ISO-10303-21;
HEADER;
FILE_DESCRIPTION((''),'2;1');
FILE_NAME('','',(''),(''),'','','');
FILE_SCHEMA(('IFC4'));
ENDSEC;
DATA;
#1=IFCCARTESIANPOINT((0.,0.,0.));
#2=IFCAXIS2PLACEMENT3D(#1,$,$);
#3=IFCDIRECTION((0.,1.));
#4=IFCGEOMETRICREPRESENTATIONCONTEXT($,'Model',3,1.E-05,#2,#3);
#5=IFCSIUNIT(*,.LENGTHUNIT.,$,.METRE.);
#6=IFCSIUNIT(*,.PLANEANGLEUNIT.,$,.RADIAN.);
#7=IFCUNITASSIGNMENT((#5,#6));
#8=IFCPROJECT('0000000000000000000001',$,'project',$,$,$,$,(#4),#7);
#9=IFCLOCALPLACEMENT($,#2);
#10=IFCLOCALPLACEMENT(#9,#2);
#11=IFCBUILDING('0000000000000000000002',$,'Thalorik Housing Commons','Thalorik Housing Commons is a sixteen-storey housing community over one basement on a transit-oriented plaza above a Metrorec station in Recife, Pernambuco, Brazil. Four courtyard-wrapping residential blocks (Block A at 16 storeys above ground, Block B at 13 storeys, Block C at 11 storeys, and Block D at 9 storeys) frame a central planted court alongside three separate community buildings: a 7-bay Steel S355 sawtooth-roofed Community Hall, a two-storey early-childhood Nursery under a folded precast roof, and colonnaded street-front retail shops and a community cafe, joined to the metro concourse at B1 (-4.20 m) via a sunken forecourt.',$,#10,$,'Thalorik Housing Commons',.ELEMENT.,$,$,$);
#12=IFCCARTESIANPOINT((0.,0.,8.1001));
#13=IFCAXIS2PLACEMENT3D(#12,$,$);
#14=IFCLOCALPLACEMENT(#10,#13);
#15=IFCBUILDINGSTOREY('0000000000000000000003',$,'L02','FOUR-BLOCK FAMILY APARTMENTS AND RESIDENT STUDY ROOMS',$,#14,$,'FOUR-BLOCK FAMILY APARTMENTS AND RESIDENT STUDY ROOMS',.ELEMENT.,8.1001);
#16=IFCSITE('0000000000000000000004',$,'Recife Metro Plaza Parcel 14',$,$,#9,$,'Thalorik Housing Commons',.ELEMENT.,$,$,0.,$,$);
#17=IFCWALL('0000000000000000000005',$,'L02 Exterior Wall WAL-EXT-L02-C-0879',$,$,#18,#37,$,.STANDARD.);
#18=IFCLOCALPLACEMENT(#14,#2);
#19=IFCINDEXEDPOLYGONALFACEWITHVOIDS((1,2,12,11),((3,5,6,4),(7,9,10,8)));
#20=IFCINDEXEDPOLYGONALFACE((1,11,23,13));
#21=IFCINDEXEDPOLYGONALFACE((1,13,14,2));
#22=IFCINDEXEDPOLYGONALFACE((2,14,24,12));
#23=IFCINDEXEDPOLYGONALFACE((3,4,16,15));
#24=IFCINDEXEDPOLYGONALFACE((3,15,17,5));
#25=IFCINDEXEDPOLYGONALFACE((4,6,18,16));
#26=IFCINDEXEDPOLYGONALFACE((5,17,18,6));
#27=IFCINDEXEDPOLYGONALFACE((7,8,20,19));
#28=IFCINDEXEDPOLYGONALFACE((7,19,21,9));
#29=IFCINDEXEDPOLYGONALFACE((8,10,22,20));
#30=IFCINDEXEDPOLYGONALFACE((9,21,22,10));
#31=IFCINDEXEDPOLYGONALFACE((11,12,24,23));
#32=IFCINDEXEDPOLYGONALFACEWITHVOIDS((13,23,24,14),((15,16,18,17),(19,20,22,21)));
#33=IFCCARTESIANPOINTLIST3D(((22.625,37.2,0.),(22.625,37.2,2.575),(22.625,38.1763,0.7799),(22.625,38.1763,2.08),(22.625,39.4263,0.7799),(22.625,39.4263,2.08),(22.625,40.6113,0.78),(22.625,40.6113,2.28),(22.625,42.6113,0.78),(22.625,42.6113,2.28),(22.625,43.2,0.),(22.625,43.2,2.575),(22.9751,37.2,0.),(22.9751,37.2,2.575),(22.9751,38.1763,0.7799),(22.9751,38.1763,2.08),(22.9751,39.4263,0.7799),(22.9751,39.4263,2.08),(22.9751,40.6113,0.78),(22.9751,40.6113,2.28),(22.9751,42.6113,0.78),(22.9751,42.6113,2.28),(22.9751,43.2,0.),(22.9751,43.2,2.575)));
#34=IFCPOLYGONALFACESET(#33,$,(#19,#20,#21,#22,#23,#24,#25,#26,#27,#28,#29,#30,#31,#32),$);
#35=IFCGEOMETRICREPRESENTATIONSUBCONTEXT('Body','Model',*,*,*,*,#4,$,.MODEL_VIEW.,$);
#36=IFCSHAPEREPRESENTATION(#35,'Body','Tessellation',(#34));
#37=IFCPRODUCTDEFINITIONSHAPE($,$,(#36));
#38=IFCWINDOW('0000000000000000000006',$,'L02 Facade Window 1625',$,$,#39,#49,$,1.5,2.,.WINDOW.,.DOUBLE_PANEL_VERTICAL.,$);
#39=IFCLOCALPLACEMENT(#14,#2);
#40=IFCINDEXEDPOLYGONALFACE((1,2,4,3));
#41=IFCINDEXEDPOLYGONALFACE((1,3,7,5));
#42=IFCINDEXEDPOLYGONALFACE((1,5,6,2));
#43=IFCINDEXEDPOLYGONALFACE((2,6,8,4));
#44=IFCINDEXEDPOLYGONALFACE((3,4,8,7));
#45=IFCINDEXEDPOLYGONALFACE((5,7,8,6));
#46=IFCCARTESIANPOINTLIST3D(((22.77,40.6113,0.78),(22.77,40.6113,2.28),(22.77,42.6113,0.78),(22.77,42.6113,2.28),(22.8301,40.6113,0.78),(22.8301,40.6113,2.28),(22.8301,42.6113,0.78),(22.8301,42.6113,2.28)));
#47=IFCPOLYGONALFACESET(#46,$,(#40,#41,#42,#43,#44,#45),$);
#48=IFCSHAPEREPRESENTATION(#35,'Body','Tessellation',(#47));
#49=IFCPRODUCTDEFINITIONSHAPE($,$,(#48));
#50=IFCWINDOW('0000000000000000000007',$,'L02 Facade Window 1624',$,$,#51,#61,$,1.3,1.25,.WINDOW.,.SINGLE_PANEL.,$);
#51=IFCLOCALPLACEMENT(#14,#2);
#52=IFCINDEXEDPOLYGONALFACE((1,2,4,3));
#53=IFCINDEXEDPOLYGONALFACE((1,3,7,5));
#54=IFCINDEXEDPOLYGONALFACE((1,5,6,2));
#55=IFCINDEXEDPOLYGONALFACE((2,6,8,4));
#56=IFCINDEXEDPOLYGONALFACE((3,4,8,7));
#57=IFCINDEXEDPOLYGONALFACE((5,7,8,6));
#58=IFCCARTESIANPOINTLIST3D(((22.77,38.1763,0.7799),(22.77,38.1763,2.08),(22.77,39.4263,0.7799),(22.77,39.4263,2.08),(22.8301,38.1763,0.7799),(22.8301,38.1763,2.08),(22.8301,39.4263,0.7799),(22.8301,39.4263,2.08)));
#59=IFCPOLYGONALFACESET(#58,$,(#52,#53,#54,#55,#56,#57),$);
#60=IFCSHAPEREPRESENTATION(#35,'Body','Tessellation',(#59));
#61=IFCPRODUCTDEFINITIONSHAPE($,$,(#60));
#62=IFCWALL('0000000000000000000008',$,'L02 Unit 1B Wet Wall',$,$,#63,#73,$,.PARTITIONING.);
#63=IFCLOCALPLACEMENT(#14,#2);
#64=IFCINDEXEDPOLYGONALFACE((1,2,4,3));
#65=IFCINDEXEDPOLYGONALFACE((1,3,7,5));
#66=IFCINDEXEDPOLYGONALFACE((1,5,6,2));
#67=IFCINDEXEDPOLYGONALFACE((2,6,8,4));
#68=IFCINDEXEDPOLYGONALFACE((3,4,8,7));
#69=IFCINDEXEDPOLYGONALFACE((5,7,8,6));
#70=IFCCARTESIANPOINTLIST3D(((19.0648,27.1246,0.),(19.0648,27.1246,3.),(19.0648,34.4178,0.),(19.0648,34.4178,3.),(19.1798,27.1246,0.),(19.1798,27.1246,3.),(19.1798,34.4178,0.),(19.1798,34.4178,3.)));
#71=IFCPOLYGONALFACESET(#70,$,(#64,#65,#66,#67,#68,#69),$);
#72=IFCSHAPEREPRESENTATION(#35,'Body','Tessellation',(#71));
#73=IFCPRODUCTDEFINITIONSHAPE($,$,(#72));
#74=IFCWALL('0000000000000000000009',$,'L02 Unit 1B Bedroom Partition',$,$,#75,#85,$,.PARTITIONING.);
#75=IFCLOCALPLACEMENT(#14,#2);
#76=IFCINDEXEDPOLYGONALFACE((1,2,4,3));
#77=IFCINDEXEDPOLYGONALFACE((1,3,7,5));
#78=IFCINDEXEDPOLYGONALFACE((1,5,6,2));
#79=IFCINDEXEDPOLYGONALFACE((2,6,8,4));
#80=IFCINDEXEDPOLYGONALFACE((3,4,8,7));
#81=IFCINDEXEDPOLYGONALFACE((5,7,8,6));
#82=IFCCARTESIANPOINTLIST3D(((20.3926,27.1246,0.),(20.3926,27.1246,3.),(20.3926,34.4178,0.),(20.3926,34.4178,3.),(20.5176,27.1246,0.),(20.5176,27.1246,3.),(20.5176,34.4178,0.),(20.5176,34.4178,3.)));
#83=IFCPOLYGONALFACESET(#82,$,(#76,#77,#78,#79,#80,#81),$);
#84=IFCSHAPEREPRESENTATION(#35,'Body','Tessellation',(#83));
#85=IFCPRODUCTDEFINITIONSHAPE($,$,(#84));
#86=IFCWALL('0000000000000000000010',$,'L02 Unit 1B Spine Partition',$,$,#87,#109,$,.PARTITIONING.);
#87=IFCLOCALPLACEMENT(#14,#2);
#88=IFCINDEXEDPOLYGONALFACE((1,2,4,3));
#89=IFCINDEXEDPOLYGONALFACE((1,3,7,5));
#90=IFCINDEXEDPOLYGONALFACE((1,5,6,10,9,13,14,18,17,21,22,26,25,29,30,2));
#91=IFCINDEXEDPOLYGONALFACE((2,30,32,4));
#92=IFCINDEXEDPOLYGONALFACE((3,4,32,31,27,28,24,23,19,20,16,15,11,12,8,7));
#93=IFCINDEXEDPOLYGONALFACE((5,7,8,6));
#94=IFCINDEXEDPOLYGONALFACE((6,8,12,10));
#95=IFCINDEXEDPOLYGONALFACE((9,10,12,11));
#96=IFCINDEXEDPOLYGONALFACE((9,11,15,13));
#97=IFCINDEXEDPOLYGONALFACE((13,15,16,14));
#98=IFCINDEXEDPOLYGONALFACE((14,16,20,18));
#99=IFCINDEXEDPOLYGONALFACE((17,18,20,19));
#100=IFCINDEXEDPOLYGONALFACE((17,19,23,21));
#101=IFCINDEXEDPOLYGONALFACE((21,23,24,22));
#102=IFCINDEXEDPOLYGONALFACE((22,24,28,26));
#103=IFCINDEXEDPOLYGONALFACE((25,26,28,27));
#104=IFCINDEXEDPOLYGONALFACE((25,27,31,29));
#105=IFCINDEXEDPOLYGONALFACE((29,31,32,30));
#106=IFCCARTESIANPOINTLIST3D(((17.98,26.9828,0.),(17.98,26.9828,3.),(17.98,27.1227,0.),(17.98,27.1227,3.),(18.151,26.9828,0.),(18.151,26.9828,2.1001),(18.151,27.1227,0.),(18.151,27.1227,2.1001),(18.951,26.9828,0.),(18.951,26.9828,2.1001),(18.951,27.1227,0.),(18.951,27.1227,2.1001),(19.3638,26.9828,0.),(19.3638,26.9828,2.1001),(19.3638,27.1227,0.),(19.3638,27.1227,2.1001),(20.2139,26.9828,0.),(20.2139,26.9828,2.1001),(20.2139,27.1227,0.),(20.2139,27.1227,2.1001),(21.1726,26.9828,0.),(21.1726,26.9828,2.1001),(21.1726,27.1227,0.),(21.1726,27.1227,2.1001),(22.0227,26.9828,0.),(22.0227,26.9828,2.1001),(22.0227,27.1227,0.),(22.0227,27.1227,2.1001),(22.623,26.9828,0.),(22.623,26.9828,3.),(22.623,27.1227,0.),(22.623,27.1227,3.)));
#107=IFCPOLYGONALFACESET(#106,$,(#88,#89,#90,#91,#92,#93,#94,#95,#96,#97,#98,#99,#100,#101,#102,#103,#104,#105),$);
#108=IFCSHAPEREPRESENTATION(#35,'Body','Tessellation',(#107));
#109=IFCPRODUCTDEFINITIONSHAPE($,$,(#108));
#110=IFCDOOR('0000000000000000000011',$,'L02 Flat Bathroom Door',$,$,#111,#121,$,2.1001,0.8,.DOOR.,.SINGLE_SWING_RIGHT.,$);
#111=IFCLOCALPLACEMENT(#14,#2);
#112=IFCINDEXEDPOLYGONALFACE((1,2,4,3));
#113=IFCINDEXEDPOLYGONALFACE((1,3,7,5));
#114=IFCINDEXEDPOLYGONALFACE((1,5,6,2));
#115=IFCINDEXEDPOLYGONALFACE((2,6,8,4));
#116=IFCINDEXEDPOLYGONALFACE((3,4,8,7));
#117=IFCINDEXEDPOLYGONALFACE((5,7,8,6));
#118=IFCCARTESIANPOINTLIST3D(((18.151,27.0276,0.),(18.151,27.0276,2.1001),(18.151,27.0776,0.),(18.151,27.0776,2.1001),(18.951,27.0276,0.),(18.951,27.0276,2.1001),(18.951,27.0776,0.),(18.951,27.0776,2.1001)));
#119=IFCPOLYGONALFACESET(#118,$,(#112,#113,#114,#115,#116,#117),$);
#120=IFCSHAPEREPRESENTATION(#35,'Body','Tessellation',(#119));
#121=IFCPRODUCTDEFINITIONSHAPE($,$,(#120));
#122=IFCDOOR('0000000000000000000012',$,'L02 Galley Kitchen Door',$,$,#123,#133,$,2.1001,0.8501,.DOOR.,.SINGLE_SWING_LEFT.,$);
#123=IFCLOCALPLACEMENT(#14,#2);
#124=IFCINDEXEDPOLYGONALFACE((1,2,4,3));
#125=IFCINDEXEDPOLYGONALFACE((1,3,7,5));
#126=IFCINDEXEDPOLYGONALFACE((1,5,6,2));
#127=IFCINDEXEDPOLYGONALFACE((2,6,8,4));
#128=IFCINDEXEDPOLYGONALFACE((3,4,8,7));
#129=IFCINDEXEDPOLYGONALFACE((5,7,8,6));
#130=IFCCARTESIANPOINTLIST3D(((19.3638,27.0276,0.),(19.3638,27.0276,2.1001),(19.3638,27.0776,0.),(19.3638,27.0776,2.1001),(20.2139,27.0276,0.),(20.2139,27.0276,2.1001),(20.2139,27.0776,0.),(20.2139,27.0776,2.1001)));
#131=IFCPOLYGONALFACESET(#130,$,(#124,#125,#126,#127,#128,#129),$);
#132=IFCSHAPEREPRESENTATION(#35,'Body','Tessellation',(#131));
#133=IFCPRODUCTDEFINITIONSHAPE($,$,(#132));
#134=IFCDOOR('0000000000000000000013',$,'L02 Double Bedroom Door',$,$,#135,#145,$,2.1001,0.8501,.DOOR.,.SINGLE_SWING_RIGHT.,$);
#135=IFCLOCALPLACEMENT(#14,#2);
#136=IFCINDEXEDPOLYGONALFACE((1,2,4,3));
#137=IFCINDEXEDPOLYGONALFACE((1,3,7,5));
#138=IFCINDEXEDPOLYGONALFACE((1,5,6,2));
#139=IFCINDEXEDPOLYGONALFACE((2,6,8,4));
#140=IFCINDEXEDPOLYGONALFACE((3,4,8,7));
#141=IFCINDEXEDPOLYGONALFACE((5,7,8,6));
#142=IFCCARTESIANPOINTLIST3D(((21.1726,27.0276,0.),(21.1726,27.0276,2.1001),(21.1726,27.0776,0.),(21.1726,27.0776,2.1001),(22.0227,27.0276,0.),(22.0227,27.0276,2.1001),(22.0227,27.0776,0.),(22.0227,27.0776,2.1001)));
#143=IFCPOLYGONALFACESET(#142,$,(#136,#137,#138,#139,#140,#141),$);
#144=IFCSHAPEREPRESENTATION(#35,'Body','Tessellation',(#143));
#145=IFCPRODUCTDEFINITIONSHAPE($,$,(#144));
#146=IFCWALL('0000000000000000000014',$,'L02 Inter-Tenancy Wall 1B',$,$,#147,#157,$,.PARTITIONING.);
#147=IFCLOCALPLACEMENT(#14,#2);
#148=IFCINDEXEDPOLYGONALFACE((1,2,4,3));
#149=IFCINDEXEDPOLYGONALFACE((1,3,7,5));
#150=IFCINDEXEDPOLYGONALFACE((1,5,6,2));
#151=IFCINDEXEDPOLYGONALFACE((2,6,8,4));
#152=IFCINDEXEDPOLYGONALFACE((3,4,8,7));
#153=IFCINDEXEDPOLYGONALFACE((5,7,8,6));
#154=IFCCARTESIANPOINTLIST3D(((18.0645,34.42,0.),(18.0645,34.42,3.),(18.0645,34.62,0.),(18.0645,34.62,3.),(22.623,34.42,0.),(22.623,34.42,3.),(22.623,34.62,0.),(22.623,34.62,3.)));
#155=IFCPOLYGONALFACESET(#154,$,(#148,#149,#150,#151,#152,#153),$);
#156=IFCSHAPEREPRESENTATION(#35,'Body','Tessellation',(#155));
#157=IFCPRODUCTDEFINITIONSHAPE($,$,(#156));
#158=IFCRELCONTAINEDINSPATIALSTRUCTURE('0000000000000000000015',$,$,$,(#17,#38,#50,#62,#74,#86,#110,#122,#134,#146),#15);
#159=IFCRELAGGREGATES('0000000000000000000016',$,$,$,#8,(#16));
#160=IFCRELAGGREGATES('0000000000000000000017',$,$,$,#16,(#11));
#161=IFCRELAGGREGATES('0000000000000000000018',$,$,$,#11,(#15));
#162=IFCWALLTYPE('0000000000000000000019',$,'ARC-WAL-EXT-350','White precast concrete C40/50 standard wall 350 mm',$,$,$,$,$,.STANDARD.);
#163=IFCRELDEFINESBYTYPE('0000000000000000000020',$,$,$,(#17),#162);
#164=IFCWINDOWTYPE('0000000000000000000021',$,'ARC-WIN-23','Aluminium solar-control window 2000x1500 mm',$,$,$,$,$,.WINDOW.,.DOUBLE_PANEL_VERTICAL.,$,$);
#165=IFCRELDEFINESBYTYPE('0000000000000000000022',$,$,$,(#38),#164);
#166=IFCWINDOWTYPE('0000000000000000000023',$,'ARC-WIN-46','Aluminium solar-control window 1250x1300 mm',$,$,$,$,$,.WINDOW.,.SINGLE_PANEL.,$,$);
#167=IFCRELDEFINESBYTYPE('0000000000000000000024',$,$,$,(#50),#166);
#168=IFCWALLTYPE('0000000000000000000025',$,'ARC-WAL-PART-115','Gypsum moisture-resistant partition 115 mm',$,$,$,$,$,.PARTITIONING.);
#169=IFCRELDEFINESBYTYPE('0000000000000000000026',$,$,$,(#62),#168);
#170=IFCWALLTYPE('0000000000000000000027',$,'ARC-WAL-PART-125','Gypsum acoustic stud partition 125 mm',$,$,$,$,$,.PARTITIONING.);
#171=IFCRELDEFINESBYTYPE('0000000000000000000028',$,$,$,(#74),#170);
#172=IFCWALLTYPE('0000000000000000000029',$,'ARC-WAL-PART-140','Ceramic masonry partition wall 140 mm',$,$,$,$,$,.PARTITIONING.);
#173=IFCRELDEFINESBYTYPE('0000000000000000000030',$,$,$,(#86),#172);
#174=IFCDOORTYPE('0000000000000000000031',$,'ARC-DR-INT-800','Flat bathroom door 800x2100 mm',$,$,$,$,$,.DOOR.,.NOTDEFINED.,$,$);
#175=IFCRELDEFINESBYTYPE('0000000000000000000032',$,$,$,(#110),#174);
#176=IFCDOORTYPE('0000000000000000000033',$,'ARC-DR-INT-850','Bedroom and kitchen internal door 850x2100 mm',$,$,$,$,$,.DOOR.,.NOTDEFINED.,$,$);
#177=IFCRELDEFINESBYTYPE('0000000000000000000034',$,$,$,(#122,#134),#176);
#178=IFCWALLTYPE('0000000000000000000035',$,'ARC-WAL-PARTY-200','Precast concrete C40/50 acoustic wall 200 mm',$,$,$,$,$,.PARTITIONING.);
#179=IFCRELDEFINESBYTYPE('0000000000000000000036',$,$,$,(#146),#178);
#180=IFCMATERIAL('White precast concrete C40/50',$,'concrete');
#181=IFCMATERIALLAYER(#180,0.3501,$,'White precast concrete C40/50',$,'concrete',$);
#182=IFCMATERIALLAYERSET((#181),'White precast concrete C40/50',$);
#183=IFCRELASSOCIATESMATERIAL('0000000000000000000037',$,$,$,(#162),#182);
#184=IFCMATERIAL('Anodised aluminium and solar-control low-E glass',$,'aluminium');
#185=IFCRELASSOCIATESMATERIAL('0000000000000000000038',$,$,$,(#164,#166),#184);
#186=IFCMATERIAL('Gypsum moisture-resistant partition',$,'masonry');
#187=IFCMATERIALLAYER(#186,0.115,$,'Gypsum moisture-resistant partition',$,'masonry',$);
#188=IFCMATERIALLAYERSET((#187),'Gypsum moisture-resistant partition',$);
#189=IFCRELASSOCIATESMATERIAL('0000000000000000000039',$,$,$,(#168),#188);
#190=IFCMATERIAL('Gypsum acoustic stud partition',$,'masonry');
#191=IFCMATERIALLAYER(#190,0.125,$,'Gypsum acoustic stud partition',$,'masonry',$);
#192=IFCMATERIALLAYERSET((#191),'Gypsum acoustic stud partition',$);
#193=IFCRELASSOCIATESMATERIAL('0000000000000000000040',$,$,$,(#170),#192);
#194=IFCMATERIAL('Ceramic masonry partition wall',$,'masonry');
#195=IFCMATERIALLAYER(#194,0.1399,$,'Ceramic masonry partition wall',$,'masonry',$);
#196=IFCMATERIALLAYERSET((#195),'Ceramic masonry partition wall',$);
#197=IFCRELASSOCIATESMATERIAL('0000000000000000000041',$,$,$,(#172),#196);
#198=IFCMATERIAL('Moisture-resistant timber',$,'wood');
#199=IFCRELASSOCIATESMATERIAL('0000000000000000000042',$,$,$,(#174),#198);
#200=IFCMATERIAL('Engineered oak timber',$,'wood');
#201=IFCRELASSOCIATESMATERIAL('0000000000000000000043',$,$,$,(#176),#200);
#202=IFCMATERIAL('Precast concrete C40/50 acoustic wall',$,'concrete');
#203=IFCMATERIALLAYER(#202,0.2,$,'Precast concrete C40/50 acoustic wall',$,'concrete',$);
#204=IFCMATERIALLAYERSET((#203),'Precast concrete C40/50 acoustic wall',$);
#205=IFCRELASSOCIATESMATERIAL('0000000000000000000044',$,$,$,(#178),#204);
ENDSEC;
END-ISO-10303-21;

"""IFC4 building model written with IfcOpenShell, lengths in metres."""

from ifc_helpers import new_model, si_unit, direction, frame, frame_2d, origin, place, context, subcontext, project, spatial, rectangle, extrude, material, layer, layer_set, type_object, element, fill, save


model = new_model("IFC4")

# Units and contexts
model_context = context("Model", 3, precision=1e-05, world=origin(), true_north=direction((0.0, 1.0)))
body_context = subcontext(model_context, "Body", "Model", "MODEL_VIEW")
ifc_project = project(units=[si_unit("LENGTHUNIT", "METRE"), si_unit("PLANEANGLEUNIT", "RADIAN")], contexts=[model_context])

# Site, building, storey
site_placement = place(None, origin())
site = spatial("IfcSite", under=ifc_project, at=site_placement, Name="Recife Metro Plaza Parcel 14", LongName="Thalorik Housing Commons", CompositionType="ELEMENT", RefElevation=0.0)
building_placement = place(site_placement, origin())
building = spatial("IfcBuilding", under=site, at=building_placement, Name="Thalorik Housing Commons", Description="Thalorik Housing Commons is a sixteen-storey housing community over one basement on a transit-oriented plaza above a Metrorec station in Recife, Pernambuco, Brazil. Four courtyard-wrapping residential blocks (Block A at 16 storeys above ground, Block B at 13 storeys, Block C at 11 storeys, and Block D at 9 storeys) frame a central planted court alongside three separate community buildings: a 7-bay Steel S355 sawtooth-roofed Community Hall, a two-storey early-childhood Nursery under a folded precast roof, and colonnaded street-front retail shops and a community cafe, joined to the metro concourse at B1 (-4.20 m) via a sunken forecourt.", LongName="Thalorik Housing Commons", CompositionType="ELEMENT")
storey_placement = place(building_placement, frame((0.0, 0.0, 8.1001)))
storey = spatial("IfcBuildingStorey", under=building, at=storey_placement, Name="L02", Description="FOUR-BLOCK FAMILY APARTMENTS AND RESIDENT STUDY ROOMS", LongName="FOUR-BLOCK FAMILY APARTMENTS AND RESIDENT STUDY ROOMS", CompositionType="ELEMENT", Elevation=8.1001)

# Wall, openings, windows
ifc_material_1 = material(Name="White precast concrete C40/50", Category="concrete")
ifc_layer_1 = layer(ifc_material_1, 0.3501, Name="White precast concrete C40/50", Category="concrete")
ifc_layer_set_1 = layer_set([ifc_layer_1], Name="White precast concrete C40/50")
wall_type_1 = type_object("IfcWallType", Name="ARC-WAL-EXT-350", Description="White precast concrete C40/50 standard wall 350 mm", PredefinedType="STANDARD", material=ifc_layer_set_1)
ifc_material_2 = material(Name="Anodised aluminium and solar-control low-E glass", Category="aluminium")
wall_1_placement = place(storey_placement, frame((22.8, 37.2, 0.0), z_axis=(0.0, 0.0, 1.0), x_axis=(0.0, 1.0, 0.0)))
wall_1 = element("IfcWall", 1, at=wall_1_placement, inside=storey, type_object=wall_type_1, Name="L02 Exterior Wall WAL-EXT-L02-C-0879", PredefinedType="STANDARD", context=body_context, shape_type="SweptSolid", body=[
    extrude(rectangle(XDim=6.0, YDim=0.3501, at=frame_2d((3.0, 0.0))), origin(), (0.0, 0.0, 1.0), 2.575),
])
opening_1_placement = place(wall_1_placement, frame((0.9763, 0.0, 0.78)))
opening_1 = element("IfcOpeningElement", 2, at=opening_1_placement, cuts=wall_1, PredefinedType="OPENING", context=body_context, shape_type="SweptSolid", body=[
    extrude(rectangle(XDim=1.25, YDim=1.3, at=frame_2d((0.625, 0.6499))), frame((0.0, 0.1851, 0.0), z_axis=(0.0, -1.0, 0.0), x_axis=(1.0, 0.0, 0.0)), (0.0, 0.0, 1.0), 0.3701),
])
opening_2_placement = place(wall_1_placement, frame((3.4114, 0.0, 0.78)))
opening_2 = element("IfcOpeningElement", 3, at=opening_2_placement, cuts=wall_1, PredefinedType="OPENING", context=body_context, shape_type="SweptSolid", body=[
    extrude(rectangle(XDim=2.0, YDim=1.5, at=frame_2d((1.0, 0.75))), frame((0.0, 0.1851, 0.0), z_axis=(0.0, -1.0, 0.0), x_axis=(1.0, 0.0, 0.0)), (0.0, 0.0, 1.0), 0.3701),
])
window_type_1 = type_object("IfcWindowType", Name="ARC-WIN-23", Description="Aluminium solar-control window 2000x1500 mm", PartitioningType="DOUBLE_PANEL_VERTICAL", PredefinedType="WINDOW", material=ifc_material_2)
window_1_placement = place(opening_2_placement, origin())
window_1 = element("IfcWindow", 4, at=window_1_placement, inside=storey, type_object=window_type_1, Name="L02 Facade Window 1625", OverallHeight=1.5, OverallWidth=2.0, PartitioningType="DOUBLE_PANEL_VERTICAL", PredefinedType="WINDOW", context=body_context, shape_type="SweptSolid", body=[
    extrude(rectangle(XDim=2.0, YDim=1.5, at=frame_2d((1.0, 0.75))), frame((0.0, 0.03, 0.0), z_axis=(0.0, -1.0, 0.0), x_axis=(1.0, 0.0, 0.0)), (0.0, 0.0, 1.0), 0.0601),
])
fill(opening_2, window_1)
window_type_2 = type_object("IfcWindowType", Name="ARC-WIN-46", Description="Aluminium solar-control window 1250x1300 mm", PartitioningType="SINGLE_PANEL", PredefinedType="WINDOW", material=ifc_material_2)
window_2_placement = place(opening_1_placement, origin())
window_2 = element("IfcWindow", 5, at=window_2_placement, inside=storey, type_object=window_type_2, Name="L02 Facade Window 1624", OverallHeight=1.3, OverallWidth=1.25, PartitioningType="SINGLE_PANEL", PredefinedType="WINDOW", context=body_context, shape_type="SweptSolid", body=[
    extrude(rectangle(XDim=1.25, YDim=1.3, at=frame_2d((0.625, 0.6499))), frame((0.0, 0.03, 0.0), z_axis=(0.0, -1.0, 0.0), x_axis=(1.0, 0.0, 0.0)), (0.0, 0.0, 1.0), 0.0601),
])
fill(opening_1, window_2)

# Walls
ifc_material_3 = material(Name="Gypsum moisture-resistant partition", Category="masonry")
ifc_layer_2 = layer(ifc_material_3, 0.115, Name="Gypsum moisture-resistant partition", Category="masonry")
ifc_layer_set_2 = layer_set([ifc_layer_2], Name="Gypsum moisture-resistant partition")
wall_type_2 = type_object("IfcWallType", Name="ARC-WAL-PART-115", Description="Gypsum moisture-resistant partition 115 mm", PredefinedType="PARTITIONING", material=ifc_layer_set_2)
wall_2_placement = place(storey_placement, frame((19.1223, 27.1248, 0.0), z_axis=(0.0, 0.0, 1.0), x_axis=(0.0, 1.0, 0.0)))
element("IfcWall", 6, at=wall_2_placement, inside=storey, type_object=wall_type_2, Name="L02 Unit 1B Wet Wall", PredefinedType="PARTITIONING", context=body_context, shape_type="SweptSolid", body=[
    extrude(rectangle(XDim=7.2932, YDim=0.115, at=frame_2d((3.6465, 0.0))), origin(), (0.0, 0.0, 1.0), 3.0),
])
ifc_material_4 = material(Name="Gypsum acoustic stud partition", Category="masonry")
ifc_layer_3 = layer(ifc_material_4, 0.125, Name="Gypsum acoustic stud partition", Category="masonry")
ifc_layer_set_3 = layer_set([ifc_layer_3], Name="Gypsum acoustic stud partition")
wall_type_3 = type_object("IfcWallType", Name="ARC-WAL-PART-125", Description="Gypsum acoustic stud partition 125 mm", PredefinedType="PARTITIONING", material=ifc_layer_set_3)
wall_3_placement = place(storey_placement, frame((20.4551, 27.1248, 0.0), z_axis=(0.0, 0.0, 1.0), x_axis=(0.0, 1.0, 0.0)))
element("IfcWall", 7, at=wall_3_placement, inside=storey, type_object=wall_type_3, Name="L02 Unit 1B Bedroom Partition", PredefinedType="PARTITIONING", context=body_context, shape_type="SweptSolid", body=[
    extrude(rectangle(XDim=7.2932, YDim=0.125, at=frame_2d((3.6465, 0.0))), origin(), (0.0, 0.0, 1.0), 3.0),
])

# Wall, openings, doors
ifc_material_5 = material(Name="Ceramic masonry partition wall", Category="masonry")
ifc_layer_4 = layer(ifc_material_5, 0.1399, Name="Ceramic masonry partition wall", Category="masonry")
ifc_layer_set_4 = layer_set([ifc_layer_4], Name="Ceramic masonry partition wall")
wall_type_4 = type_object("IfcWallType", Name="ARC-WAL-PART-140", Description="Ceramic masonry partition wall 140 mm", PredefinedType="PARTITIONING", material=ifc_layer_set_4)
wall_4_placement = place(storey_placement, frame((17.98, 27.0527, 0.0), z_axis=(0.0, 0.0, 1.0), x_axis=(1.0, 0.0, 0.0)))
wall_4 = element("IfcWall", 8, at=wall_4_placement, inside=storey, type_object=wall_type_4, Name="L02 Unit 1B Spine Partition", PredefinedType="PARTITIONING", context=body_context, shape_type="SweptSolid", body=[
    extrude(rectangle(XDim=4.6431, YDim=0.1399, at=frame_2d((2.3215, 0.0))), origin(), (0.0, 0.0, 1.0), 3.0),
])
opening_3_placement = place(wall_4_placement, frame((0.1711, 0.0, 0.0)))
opening_3 = element("IfcOpeningElement", 9, at=opening_3_placement, cuts=wall_4, PredefinedType="OPENING", context=body_context, shape_type="SweptSolid", body=[
    extrude(rectangle(XDim=0.8, YDim=2.1001, at=frame_2d((0.3999, 1.05))), frame((0.0, 0.0801, 0.0), z_axis=(0.0, -1.0, 0.0), x_axis=(1.0, 0.0, 0.0)), (0.0, 0.0, 1.0), 0.1599),
])
opening_4_placement = place(wall_4_placement, frame((1.3838, 0.0, 0.0)))
opening_4 = element("IfcOpeningElement", 10, at=opening_4_placement, cuts=wall_4, PredefinedType="OPENING", context=body_context, shape_type="SweptSolid", body=[
    extrude(rectangle(XDim=0.8501, YDim=2.1001, at=frame_2d((0.425, 1.05))), frame((0.0, 0.0801, 0.0), z_axis=(0.0, -1.0, 0.0), x_axis=(1.0, 0.0, 0.0)), (0.0, 0.0, 1.0), 0.1599),
])
opening_5_placement = place(wall_4_placement, frame((3.1926, 0.0, 0.0)))
opening_5 = element("IfcOpeningElement", 11, at=opening_5_placement, cuts=wall_4, PredefinedType="OPENING", context=body_context, shape_type="SweptSolid", body=[
    extrude(rectangle(XDim=0.8501, YDim=2.1001, at=frame_2d((0.425, 1.05))), frame((0.0, 0.0801, 0.0), z_axis=(0.0, -1.0, 0.0), x_axis=(1.0, 0.0, 0.0)), (0.0, 0.0, 1.0), 0.1599),
])
ifc_material_6 = material(Name="Moisture-resistant timber", Category="wood")
door_type_1 = type_object("IfcDoorType", Name="ARC-DR-INT-800", Description="Flat bathroom door 800x2100 mm", OperationType="NOTDEFINED", PredefinedType="DOOR", material=ifc_material_6)
door_1_placement = place(opening_3_placement, origin())
door_1 = element("IfcDoor", 12, at=door_1_placement, inside=storey, type_object=door_type_1, Name="L02 Flat Bathroom Door", OperationType="SINGLE_SWING_RIGHT", OverallHeight=2.1001, OverallWidth=0.8, PredefinedType="DOOR", context=body_context, shape_type="SweptSolid", body=[
    extrude(rectangle(XDim=0.8, YDim=2.1001, at=frame_2d((0.3999, 1.05))), frame((0.0, 0.0249, 0.0), z_axis=(0.0, -1.0, 0.0), x_axis=(1.0, 0.0, 0.0)), (0.0, 0.0, 1.0), 0.05),
])
fill(opening_3, door_1)
ifc_material_7 = material(Name="Engineered oak timber", Category="wood")
door_type_2 = type_object("IfcDoorType", Name="ARC-DR-INT-850", Description="Bedroom and kitchen internal door 850x2100 mm", OperationType="NOTDEFINED", PredefinedType="DOOR", material=ifc_material_7)
door_2_placement = place(opening_4_placement, origin())
door_2 = element("IfcDoor", 13, at=door_2_placement, inside=storey, type_object=door_type_2, Name="L02 Galley Kitchen Door", OperationType="SINGLE_SWING_LEFT", OverallHeight=2.1001, OverallWidth=0.8501, PredefinedType="DOOR", context=body_context, shape_type="SweptSolid", body=[
    extrude(rectangle(XDim=0.8501, YDim=2.1001, at=frame_2d((0.425, 1.05))), frame((0.0, 0.0249, 0.0), z_axis=(0.0, -1.0, 0.0), x_axis=(1.0, 0.0, 0.0)), (0.0, 0.0, 1.0), 0.05),
])
fill(opening_4, door_2)
door_3_placement = place(opening_5_placement, origin())
door_3 = element("IfcDoor", 14, at=door_3_placement, inside=storey, type_object=door_type_2, Name="L02 Double Bedroom Door", OperationType="SINGLE_SWING_RIGHT", OverallHeight=2.1001, OverallWidth=0.8501, PredefinedType="DOOR", context=body_context, shape_type="SweptSolid", body=[
    extrude(rectangle(XDim=0.8501, YDim=2.1001, at=frame_2d((0.425, 1.05))), frame((0.0, 0.0249, 0.0), z_axis=(0.0, -1.0, 0.0), x_axis=(1.0, 0.0, 0.0)), (0.0, 0.0, 1.0), 0.05),
])
fill(opening_5, door_3)

# Wall
ifc_material_8 = material(Name="Precast concrete C40/50 acoustic wall", Category="concrete")
ifc_layer_5 = layer(ifc_material_8, 0.2, Name="Precast concrete C40/50 acoustic wall", Category="concrete")
ifc_layer_set_5 = layer_set([ifc_layer_5], Name="Precast concrete C40/50 acoustic wall")
wall_type_5 = type_object("IfcWallType", Name="ARC-WAL-PARTY-200", Description="Precast concrete C40/50 acoustic wall 200 mm", PredefinedType="PARTITIONING", material=ifc_layer_set_5)
wall_5_placement = place(storey_placement, frame((18.0645, 34.52, 0.0), z_axis=(0.0, 0.0, 1.0), x_axis=(1.0, 0.0, 0.0)))
element("IfcWall", 15, at=wall_5_placement, inside=storey, type_object=wall_type_5, Name="L02 Inter-Tenancy Wall 1B", PredefinedType="PARTITIONING", context=body_context, shape_type="SweptSolid", body=[
    extrude(rectangle(XDim=4.5586, YDim=0.2, at=frame_2d((2.2793, 0.0))), origin(), (0.0, 0.0, 1.0), 3.0),
])

save(model, "model.ifc")
